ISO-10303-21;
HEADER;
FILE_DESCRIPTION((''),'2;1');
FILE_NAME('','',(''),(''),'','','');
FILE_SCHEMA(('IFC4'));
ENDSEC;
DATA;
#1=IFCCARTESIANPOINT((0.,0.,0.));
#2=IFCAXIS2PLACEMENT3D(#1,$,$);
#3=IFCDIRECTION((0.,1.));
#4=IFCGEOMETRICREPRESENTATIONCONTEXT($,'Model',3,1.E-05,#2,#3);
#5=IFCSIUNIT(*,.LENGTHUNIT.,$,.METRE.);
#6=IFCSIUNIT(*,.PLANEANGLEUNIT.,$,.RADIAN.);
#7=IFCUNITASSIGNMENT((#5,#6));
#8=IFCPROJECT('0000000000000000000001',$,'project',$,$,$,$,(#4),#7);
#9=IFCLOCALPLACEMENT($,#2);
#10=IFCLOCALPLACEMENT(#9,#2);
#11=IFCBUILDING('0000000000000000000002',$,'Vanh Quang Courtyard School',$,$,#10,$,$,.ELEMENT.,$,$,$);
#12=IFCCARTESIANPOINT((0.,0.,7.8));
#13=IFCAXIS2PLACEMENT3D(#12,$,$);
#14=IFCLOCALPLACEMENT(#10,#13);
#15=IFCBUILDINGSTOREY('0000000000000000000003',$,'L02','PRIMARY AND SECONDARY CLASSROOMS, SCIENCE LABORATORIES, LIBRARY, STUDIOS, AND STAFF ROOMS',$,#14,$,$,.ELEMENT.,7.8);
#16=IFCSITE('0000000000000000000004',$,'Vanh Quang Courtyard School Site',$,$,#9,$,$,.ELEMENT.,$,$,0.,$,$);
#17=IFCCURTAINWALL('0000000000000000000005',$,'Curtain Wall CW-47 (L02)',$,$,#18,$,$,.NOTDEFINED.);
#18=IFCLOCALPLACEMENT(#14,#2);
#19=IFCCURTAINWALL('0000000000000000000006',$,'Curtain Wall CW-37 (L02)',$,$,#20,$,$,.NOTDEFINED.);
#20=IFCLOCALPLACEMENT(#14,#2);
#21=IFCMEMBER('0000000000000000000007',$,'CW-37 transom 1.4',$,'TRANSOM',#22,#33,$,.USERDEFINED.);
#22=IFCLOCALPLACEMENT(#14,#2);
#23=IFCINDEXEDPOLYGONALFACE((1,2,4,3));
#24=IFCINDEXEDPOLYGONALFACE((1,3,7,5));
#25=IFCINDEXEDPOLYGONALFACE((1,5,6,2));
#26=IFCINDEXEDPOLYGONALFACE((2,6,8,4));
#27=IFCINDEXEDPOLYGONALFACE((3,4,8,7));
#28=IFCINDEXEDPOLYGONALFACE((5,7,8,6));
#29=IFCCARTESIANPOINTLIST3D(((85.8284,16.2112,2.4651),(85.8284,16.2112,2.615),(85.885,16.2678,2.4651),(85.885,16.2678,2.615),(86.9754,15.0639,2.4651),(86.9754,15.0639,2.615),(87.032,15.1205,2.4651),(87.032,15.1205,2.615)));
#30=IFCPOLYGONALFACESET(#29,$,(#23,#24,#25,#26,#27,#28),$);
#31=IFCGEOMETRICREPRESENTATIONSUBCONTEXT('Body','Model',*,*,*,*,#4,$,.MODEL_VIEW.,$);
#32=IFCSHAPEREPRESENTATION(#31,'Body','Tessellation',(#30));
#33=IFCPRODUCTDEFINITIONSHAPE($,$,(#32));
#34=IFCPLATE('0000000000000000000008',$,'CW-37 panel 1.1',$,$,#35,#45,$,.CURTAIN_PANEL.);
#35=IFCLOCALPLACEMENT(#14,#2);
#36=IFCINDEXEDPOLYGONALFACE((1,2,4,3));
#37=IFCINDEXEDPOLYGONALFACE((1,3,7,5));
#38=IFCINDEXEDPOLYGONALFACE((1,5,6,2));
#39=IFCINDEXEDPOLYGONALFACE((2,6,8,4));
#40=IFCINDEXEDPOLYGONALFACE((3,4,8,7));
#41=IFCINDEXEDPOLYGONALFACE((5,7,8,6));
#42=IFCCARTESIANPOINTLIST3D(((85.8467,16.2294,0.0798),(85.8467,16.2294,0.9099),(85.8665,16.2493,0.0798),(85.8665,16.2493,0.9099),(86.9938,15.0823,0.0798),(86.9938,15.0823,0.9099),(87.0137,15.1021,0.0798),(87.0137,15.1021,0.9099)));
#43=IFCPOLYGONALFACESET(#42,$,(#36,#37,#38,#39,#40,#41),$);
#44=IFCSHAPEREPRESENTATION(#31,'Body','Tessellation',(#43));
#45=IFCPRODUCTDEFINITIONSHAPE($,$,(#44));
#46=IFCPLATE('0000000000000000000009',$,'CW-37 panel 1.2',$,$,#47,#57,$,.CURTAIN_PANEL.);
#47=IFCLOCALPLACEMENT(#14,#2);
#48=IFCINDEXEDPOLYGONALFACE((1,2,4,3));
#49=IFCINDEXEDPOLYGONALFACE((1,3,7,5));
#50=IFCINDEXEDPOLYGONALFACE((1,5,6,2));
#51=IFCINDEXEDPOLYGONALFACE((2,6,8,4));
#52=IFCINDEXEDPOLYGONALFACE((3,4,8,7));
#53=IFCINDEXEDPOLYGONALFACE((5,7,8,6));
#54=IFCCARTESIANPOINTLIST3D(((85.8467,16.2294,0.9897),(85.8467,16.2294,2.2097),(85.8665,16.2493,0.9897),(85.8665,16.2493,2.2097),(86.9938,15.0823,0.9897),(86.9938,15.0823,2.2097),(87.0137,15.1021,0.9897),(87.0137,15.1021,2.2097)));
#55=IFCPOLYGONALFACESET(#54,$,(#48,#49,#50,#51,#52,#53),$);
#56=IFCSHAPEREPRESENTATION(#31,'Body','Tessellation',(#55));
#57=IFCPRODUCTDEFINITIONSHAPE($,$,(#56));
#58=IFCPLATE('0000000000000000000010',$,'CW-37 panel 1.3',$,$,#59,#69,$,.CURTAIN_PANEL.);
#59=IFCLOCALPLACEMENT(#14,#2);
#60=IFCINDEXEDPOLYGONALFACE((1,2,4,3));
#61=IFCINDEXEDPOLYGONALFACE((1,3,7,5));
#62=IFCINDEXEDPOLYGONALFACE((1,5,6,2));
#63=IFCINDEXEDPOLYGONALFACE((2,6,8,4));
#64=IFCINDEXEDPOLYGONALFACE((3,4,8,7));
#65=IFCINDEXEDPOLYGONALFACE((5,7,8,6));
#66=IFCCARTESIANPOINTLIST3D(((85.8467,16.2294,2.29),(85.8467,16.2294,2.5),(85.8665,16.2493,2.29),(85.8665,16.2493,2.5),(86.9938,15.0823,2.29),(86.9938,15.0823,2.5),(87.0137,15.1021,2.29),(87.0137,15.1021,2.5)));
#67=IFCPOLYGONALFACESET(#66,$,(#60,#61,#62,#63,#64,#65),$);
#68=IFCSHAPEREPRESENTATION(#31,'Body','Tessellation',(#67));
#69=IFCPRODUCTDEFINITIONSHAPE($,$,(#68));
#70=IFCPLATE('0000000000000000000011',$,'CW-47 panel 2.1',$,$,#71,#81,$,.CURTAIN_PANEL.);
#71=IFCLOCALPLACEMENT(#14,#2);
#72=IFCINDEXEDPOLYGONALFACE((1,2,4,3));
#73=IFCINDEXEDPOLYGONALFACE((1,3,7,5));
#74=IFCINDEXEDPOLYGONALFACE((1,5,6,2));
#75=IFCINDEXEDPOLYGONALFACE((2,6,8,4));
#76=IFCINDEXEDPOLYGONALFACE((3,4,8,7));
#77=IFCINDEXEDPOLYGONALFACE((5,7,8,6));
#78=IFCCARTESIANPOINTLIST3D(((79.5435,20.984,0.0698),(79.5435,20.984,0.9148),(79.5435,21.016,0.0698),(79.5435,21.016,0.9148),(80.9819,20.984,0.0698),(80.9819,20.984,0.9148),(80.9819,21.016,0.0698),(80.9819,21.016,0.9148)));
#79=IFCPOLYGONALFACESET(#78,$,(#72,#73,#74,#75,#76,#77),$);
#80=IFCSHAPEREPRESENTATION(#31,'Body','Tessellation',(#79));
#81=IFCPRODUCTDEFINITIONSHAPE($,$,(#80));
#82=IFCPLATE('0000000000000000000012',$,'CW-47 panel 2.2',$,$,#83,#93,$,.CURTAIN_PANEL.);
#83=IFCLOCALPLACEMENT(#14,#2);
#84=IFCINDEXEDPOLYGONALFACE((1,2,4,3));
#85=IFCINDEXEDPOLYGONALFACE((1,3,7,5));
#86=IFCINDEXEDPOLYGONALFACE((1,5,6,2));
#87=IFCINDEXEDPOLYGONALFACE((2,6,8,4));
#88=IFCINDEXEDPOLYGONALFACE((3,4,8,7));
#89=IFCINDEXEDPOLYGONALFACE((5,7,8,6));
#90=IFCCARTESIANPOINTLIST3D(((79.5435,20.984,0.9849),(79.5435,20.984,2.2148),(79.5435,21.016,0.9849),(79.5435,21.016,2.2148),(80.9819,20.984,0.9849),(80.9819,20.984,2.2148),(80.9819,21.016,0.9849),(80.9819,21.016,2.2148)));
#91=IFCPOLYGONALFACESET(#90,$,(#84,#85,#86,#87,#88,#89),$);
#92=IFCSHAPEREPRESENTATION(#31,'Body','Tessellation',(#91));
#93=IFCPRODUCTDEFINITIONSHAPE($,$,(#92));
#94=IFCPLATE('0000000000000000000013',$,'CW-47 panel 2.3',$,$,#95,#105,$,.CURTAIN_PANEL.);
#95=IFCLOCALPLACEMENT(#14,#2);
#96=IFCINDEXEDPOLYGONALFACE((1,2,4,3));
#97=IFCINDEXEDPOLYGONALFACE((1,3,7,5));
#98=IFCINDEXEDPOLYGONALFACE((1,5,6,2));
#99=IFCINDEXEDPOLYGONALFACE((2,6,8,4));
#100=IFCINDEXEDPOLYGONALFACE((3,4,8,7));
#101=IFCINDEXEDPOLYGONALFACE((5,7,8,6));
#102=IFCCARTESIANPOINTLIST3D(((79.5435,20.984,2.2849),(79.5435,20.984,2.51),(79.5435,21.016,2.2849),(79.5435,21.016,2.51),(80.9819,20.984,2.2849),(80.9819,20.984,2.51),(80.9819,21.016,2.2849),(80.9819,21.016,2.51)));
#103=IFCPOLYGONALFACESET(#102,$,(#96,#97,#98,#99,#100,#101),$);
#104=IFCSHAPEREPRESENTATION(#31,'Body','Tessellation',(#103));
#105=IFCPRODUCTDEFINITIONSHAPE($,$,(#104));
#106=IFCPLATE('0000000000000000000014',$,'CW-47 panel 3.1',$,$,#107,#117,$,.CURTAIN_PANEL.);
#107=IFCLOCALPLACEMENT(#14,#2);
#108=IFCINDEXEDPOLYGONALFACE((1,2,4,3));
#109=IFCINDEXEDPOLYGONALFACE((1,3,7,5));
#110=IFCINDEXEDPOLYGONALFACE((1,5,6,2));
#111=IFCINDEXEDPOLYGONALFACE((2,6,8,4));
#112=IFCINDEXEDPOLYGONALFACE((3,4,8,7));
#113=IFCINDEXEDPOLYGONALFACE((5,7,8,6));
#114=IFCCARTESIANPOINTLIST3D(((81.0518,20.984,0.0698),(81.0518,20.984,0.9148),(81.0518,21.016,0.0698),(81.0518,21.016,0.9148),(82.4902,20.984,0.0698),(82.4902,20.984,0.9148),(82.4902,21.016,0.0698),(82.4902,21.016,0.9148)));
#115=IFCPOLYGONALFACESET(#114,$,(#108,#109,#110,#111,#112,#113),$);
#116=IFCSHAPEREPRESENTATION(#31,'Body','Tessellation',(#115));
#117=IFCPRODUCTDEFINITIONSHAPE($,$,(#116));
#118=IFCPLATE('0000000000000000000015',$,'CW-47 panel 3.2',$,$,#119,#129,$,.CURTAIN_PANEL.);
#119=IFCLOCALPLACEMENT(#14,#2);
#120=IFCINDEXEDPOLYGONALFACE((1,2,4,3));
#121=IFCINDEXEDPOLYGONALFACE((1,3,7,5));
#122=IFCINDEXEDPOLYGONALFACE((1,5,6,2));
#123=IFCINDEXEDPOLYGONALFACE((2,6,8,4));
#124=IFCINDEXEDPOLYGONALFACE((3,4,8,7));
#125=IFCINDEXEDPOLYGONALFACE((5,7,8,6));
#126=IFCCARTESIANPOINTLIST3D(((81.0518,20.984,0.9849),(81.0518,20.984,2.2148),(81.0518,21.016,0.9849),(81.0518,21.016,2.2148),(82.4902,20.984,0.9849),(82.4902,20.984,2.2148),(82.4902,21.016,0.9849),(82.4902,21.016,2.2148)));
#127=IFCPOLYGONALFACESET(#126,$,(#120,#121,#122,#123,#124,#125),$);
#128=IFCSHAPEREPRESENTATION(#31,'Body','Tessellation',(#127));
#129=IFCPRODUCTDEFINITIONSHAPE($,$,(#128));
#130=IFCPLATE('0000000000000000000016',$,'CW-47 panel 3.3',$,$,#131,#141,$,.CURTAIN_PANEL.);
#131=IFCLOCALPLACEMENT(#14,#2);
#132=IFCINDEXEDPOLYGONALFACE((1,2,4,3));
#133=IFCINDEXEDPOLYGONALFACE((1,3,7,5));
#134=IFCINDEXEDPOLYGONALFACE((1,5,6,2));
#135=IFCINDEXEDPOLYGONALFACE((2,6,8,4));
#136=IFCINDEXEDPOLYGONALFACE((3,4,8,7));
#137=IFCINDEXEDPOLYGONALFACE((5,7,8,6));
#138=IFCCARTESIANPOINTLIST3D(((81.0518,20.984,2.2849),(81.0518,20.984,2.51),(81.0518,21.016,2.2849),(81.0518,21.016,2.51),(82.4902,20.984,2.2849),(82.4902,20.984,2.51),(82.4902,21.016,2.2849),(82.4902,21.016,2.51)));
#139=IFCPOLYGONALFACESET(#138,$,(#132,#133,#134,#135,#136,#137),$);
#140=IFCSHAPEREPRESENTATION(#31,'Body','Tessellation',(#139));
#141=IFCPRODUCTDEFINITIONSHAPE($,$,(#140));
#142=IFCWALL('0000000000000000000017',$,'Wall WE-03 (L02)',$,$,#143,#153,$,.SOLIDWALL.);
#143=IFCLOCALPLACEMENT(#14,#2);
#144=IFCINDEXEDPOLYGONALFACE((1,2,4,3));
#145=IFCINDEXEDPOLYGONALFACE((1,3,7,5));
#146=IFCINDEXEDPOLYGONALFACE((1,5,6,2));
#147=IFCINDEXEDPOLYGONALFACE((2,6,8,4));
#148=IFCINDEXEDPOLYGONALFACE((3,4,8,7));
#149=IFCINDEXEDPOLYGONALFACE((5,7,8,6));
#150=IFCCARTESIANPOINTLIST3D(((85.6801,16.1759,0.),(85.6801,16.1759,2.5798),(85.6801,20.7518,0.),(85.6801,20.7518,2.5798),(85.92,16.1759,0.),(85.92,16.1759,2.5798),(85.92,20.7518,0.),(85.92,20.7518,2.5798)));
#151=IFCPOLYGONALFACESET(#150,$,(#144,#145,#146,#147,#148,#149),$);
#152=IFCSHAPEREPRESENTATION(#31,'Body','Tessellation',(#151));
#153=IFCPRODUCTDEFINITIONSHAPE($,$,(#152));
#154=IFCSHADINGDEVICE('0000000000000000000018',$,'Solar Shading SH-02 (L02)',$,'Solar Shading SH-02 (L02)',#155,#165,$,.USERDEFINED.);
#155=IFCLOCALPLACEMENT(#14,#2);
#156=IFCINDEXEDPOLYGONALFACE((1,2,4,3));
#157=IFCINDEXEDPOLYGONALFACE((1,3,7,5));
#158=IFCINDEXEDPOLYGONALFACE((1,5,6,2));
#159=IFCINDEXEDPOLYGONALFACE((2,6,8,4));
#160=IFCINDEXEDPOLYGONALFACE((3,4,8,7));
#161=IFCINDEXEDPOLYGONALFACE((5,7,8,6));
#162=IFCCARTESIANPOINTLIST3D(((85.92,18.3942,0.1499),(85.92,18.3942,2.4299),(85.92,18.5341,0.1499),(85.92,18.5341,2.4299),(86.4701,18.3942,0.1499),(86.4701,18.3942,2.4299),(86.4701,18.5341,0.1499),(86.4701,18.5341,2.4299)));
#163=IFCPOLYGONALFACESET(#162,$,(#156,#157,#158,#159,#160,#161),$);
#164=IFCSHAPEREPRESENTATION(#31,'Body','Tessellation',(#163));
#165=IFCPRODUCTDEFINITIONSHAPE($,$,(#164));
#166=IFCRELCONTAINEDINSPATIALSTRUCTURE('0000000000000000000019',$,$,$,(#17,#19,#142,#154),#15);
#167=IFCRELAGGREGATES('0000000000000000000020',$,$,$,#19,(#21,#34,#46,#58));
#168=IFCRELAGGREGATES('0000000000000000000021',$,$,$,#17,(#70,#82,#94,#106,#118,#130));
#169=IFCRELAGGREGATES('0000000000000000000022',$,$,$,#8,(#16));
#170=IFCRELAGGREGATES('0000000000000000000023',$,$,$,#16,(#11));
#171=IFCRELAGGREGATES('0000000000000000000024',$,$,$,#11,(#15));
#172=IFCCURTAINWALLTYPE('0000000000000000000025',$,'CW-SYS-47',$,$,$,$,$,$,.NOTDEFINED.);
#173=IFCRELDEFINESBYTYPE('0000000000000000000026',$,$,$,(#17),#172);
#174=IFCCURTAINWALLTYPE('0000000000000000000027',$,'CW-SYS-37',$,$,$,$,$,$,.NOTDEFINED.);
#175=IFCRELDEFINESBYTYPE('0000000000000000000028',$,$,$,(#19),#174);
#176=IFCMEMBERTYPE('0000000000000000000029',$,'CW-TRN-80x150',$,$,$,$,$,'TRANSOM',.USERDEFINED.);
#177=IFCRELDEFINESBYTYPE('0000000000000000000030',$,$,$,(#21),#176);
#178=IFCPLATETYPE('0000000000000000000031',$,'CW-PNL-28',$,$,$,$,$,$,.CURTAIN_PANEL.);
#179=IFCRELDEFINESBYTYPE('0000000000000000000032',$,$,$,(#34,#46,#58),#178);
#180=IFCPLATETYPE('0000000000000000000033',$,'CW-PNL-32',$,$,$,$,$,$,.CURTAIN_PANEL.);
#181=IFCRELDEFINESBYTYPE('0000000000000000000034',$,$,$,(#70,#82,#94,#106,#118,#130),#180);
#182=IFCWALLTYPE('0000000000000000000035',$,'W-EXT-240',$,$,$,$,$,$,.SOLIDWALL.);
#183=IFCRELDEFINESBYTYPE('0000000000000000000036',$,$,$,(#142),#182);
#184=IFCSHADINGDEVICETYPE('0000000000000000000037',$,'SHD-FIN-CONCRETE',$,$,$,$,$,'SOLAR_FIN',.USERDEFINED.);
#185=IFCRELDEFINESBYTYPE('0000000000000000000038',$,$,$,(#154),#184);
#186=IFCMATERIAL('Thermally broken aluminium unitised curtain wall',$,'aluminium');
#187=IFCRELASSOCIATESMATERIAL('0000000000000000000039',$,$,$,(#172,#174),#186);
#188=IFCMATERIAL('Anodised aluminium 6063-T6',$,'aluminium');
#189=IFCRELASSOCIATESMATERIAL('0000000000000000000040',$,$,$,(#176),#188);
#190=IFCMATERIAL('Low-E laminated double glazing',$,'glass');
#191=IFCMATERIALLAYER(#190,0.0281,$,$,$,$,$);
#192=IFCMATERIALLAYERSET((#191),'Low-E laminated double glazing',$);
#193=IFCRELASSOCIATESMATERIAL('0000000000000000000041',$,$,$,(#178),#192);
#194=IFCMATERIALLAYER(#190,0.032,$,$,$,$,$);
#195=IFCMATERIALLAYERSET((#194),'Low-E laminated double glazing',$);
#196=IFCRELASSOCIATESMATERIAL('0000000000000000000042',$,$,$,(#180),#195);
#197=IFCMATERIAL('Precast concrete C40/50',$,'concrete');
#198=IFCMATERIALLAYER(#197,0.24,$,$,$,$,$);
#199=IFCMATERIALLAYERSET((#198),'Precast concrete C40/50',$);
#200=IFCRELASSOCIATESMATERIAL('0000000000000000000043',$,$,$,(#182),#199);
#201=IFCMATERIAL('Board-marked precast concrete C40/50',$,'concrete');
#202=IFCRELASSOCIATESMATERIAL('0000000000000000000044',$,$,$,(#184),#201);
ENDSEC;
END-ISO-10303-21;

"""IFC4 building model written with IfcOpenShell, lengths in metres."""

from ifc_helpers import new_model, si_unit, direction, frame, frame_2d, origin, origin_2d, place, context, subcontext, project, spatial, rectangle, extrude, material, layer, layer_set, material_profile, profile_set, type_object, element, aggregate, save


model = new_model("IFC4")

# Units and contexts
model_context = context("Model", 3, precision=1e-05, world=origin(), true_north=direction((0.0, 1.0)))
body_context = subcontext(model_context, "Body", "Model", "MODEL_VIEW")
ifc_project = project(units=[si_unit("LENGTHUNIT", "METRE"), si_unit("PLANEANGLEUNIT", "RADIAN")], contexts=[model_context])

# Site, building, storey
site_placement = place(None, origin())
site = spatial("IfcSite", under=ifc_project, at=site_placement, Name="Vanh Quang Courtyard School Site", CompositionType="ELEMENT", RefElevation=0.0)
building_placement = place(site_placement, origin())
building = spatial("IfcBuilding", under=site, at=building_placement, Name="Vanh Quang Courtyard School", CompositionType="ELEMENT")
storey_placement = place(building_placement, frame((0.0, 0.0, 7.8)))
storey = spatial("IfcBuildingStorey", under=building, at=storey_placement, Name="L02", Description="PRIMARY AND SECONDARY CLASSROOMS, SCIENCE LABORATORIES, LIBRARY, STUDIOS, AND STAFF ROOMS", CompositionType="ELEMENT", Elevation=7.8)

# Curtain wall
ifc_material_1 = material(Name="Thermally broken aluminium unitised curtain wall", Category="aluminium")
curtain_wall_type_1 = type_object("IfcCurtainWallType", Name="CW-SYS-47", PredefinedType="NOTDEFINED", material=ifc_material_1)
curtain_wall_1_placement = place(storey_placement, origin())
curtain_wall_1 = element("IfcCurtainWall", 1, at=curtain_wall_1_placement, inside=storey, type_object=curtain_wall_type_1, Name="Curtain Wall CW-47 (L02)", PredefinedType="NOTDEFINED")
ifc_material_2 = material(Name="Anodised aluminium 6063-T6", Category="aluminium")

# Curtain wall
curtain_wall_type_2 = type_object("IfcCurtainWallType", Name="CW-SYS-37", PredefinedType="NOTDEFINED", material=ifc_material_1)
curtain_wall_2_placement = place(storey_placement, origin())
curtain_wall_2 = element("IfcCurtainWall", 2, at=curtain_wall_2_placement, inside=storey, type_object=curtain_wall_type_2, Name="Curtain Wall CW-37 (L02)", PredefinedType="NOTDEFINED")

# Member
ifc_material_profile_1 = material_profile(ifc_material_2, rectangle(XDim=0.0801, YDim=0.1499, at=origin_2d()), Name="ALU-TRN 80x150")
ifc_profile_set_1 = profile_set([ifc_material_profile_1], Name="Anodised aluminium 6063-T6")
member_type_1 = type_object("IfcMemberType", Name="CW-TRN-80x150", ElementType="TRANSOM", PredefinedType="USERDEFINED", material=ifc_profile_set_1)
member_1_placement = place(storey_placement, frame((85.8567, 16.2395, 2.54), z_axis=(0.707032, -0.707182, 0.0), x_axis=(0.707182, 0.707032, 0.0)))
member_1 = element("IfcMember", 3, at=member_1_placement, type_object=member_type_1, Name="CW-37 transom 1.4", ObjectType="TRANSOM", PredefinedType="USERDEFINED", context=body_context, shape_type="SweptSolid", body=[
    extrude(rectangle(XDim=0.0801, YDim=0.1499, at=origin_2d()), origin(), (0.0, 0.0, 1.0), 1.6223),
])

# Plates
ifc_material_3 = material(Name="Low-E laminated double glazing", Category="glass")
ifc_layer_1 = layer(ifc_material_3, 0.0281)
ifc_layer_set_1 = layer_set([ifc_layer_1], Name="Low-E laminated double glazing")
plate_type_1 = type_object("IfcPlateType", Name="CW-PNL-28", PredefinedType="CURTAIN_PANEL", material=ifc_layer_set_1)
plate_1_placement = place(storey_placement, frame((86.4302, 15.6658, 0.0798), z_axis=(0.0, 0.0, 1.0), x_axis=(0.707107, -0.707107, 0.0)))
plate_1 = element("IfcPlate", 4, at=plate_1_placement, type_object=plate_type_1, Name="CW-37 panel 1.1", PredefinedType="CURTAIN_PANEL", context=body_context, shape_type="SweptSolid", body=[
    extrude(rectangle(XDim=1.6223, YDim=0.0281, at=origin_2d()), origin(), (0.0, 0.0, 1.0), 0.8301),
])
plate_2_placement = place(storey_placement, frame((86.4302, 15.6658, 0.9897), z_axis=(0.0, 0.0, 1.0), x_axis=(0.707107, -0.707107, 0.0)))
plate_2 = element("IfcPlate", 5, at=plate_2_placement, type_object=plate_type_1, Name="CW-37 panel 1.2", PredefinedType="CURTAIN_PANEL", context=body_context, shape_type="SweptSolid", body=[
    extrude(rectangle(XDim=1.6223, YDim=0.0281, at=origin_2d()), origin(), (0.0, 0.0, 1.0), 1.22),
])
plate_3_placement = place(storey_placement, frame((86.4302, 15.6658, 2.29), z_axis=(0.0, 0.0, 1.0), x_axis=(0.707107, -0.707107, 0.0)))
plate_3 = element("IfcPlate", 6, at=plate_3_placement, type_object=plate_type_1, Name="CW-37 panel 1.3", PredefinedType="CURTAIN_PANEL", context=body_context, shape_type="SweptSolid", body=[
    extrude(rectangle(XDim=1.6223, YDim=0.0281, at=origin_2d()), origin(), (0.0, 0.0, 1.0), 0.21),
])
aggregate(curtain_wall_2, [member_1, plate_1, plate_2, plate_3])
ifc_layer_2 = layer(ifc_material_3, 0.032)
ifc_layer_set_2 = layer_set([ifc_layer_2], Name="Low-E laminated double glazing")
plate_type_2 = type_object("IfcPlateType", Name="CW-PNL-32", PredefinedType="CURTAIN_PANEL", material=ifc_layer_set_2)
plate_4_placement = place(storey_placement, frame((80.2627, 21.0, 0.0698), z_axis=(0.0, 0.0, 1.0), x_axis=(1.0, 0.0, 0.0)))
plate_4 = element("IfcPlate", 7, at=plate_4_placement, type_object=plate_type_2, Name="CW-47 panel 2.1", PredefinedType="CURTAIN_PANEL", context=body_context, shape_type="SweptSolid", body=[
    extrude(rectangle(XDim=1.4385, YDim=0.032, at=origin_2d()), origin(), (0.0, 0.0, 1.0), 0.845),
])
plate_5_placement = place(storey_placement, frame((80.2627, 21.0, 0.9849), z_axis=(0.0, 0.0, 1.0), x_axis=(1.0, 0.0, 0.0)))
plate_5 = element("IfcPlate", 8, at=plate_5_placement, type_object=plate_type_2, Name="CW-47 panel 2.2", PredefinedType="CURTAIN_PANEL", context=body_context, shape_type="SweptSolid", body=[
    extrude(rectangle(XDim=1.4385, YDim=0.032, at=origin_2d()), origin(), (0.0, 0.0, 1.0), 1.23),
])
plate_6_placement = place(storey_placement, frame((80.2627, 21.0, 2.2849), z_axis=(0.0, 0.0, 1.0), x_axis=(1.0, 0.0, 0.0)))
plate_6 = element("IfcPlate", 9, at=plate_6_placement, type_object=plate_type_2, Name="CW-47 panel 2.3", PredefinedType="CURTAIN_PANEL", context=body_context, shape_type="SweptSolid", body=[
    extrude(rectangle(XDim=1.4385, YDim=0.032, at=origin_2d()), origin(), (0.0, 0.0, 1.0), 0.2251),
])
plate_7_placement = place(storey_placement, frame((81.771, 21.0, 0.0698), z_axis=(0.0, 0.0, 1.0), x_axis=(1.0, 0.0, 0.0)))
plate_7 = element("IfcPlate", 10, at=plate_7_placement, type_object=plate_type_2, Name="CW-47 panel 3.1", PredefinedType="CURTAIN_PANEL", context=body_context, shape_type="SweptSolid", body=[
    extrude(rectangle(XDim=1.4385, YDim=0.032, at=origin_2d()), origin(), (0.0, 0.0, 1.0), 0.845),
])
plate_8_placement = place(storey_placement, frame((81.771, 21.0, 0.9849), z_axis=(0.0, 0.0, 1.0), x_axis=(1.0, 0.0, 0.0)))
plate_8 = element("IfcPlate", 11, at=plate_8_placement, type_object=plate_type_2, Name="CW-47 panel 3.2", PredefinedType="CURTAIN_PANEL", context=body_context, shape_type="SweptSolid", body=[
    extrude(rectangle(XDim=1.4385, YDim=0.032, at=origin_2d()), origin(), (0.0, 0.0, 1.0), 1.23),
])
plate_9_placement = place(storey_placement, frame((81.771, 21.0, 2.2849), z_axis=(0.0, 0.0, 1.0), x_axis=(1.0, 0.0, 0.0)))
plate_9 = element("IfcPlate", 12, at=plate_9_placement, type_object=plate_type_2, Name="CW-47 panel 3.3", PredefinedType="CURTAIN_PANEL", context=body_context, shape_type="SweptSolid", body=[
    extrude(rectangle(XDim=1.4385, YDim=0.032, at=origin_2d()), origin(), (0.0, 0.0, 1.0), 0.2251),
])
aggregate(curtain_wall_1, [plate_4, plate_5, plate_6, plate_7, plate_8, plate_9])

# Wall
ifc_material_4 = material(Name="Precast concrete C40/50", Category="concrete")
ifc_layer_3 = layer(ifc_material_4, 0.24)
ifc_layer_set_3 = layer_set([ifc_layer_3], Name="Precast concrete C40/50")
wall_type = type_object("IfcWallType", Name="W-EXT-240", PredefinedType="SOLIDWALL", material=ifc_layer_set_3)
wall_placement = place(storey_placement, frame((85.8, 20.752, 0.0), z_axis=(0.0, 0.0, 1.0), x_axis=(0.0, -1.0, 0.0)))
element("IfcWall", 13, at=wall_placement, inside=storey, type_object=wall_type, Name="Wall WE-03 (L02)", PredefinedType="SOLIDWALL", context=body_context, shape_type="SweptSolid", body=[
    extrude(rectangle(XDim=4.5759, YDim=0.24, at=frame_2d((2.2881, 0.0))), origin(), (0.0, 0.0, 1.0), 2.5798),
])

# Shading device
ifc_material_5 = material(Name="Board-marked precast concrete C40/50", Category="concrete")
shading_device_type = type_object("IfcShadingDeviceType", Name="SHD-FIN-CONCRETE", ElementType="SOLAR_FIN", PredefinedType="USERDEFINED", material=ifc_material_5)
shading_device_placement = place(storey_placement, frame((86.1951, 18.4641, 0.1499), z_axis=(0.0, 0.0, 1.0), x_axis=(0.0, -1.0, 0.0)))
element("IfcShadingDevice", 14, at=shading_device_placement, inside=storey, type_object=shading_device_type, Name="Solar Shading SH-02 (L02)", ObjectType="Solar Shading SH-02 (L02)", PredefinedType="USERDEFINED", context=body_context, shape_type="SweptSolid", body=[
    extrude(rectangle(XDim=0.1399, YDim=0.55, at=origin_2d()), origin(), (0.0, 0.0, 1.0), 2.28),
])

save(model, "model.ifc")
